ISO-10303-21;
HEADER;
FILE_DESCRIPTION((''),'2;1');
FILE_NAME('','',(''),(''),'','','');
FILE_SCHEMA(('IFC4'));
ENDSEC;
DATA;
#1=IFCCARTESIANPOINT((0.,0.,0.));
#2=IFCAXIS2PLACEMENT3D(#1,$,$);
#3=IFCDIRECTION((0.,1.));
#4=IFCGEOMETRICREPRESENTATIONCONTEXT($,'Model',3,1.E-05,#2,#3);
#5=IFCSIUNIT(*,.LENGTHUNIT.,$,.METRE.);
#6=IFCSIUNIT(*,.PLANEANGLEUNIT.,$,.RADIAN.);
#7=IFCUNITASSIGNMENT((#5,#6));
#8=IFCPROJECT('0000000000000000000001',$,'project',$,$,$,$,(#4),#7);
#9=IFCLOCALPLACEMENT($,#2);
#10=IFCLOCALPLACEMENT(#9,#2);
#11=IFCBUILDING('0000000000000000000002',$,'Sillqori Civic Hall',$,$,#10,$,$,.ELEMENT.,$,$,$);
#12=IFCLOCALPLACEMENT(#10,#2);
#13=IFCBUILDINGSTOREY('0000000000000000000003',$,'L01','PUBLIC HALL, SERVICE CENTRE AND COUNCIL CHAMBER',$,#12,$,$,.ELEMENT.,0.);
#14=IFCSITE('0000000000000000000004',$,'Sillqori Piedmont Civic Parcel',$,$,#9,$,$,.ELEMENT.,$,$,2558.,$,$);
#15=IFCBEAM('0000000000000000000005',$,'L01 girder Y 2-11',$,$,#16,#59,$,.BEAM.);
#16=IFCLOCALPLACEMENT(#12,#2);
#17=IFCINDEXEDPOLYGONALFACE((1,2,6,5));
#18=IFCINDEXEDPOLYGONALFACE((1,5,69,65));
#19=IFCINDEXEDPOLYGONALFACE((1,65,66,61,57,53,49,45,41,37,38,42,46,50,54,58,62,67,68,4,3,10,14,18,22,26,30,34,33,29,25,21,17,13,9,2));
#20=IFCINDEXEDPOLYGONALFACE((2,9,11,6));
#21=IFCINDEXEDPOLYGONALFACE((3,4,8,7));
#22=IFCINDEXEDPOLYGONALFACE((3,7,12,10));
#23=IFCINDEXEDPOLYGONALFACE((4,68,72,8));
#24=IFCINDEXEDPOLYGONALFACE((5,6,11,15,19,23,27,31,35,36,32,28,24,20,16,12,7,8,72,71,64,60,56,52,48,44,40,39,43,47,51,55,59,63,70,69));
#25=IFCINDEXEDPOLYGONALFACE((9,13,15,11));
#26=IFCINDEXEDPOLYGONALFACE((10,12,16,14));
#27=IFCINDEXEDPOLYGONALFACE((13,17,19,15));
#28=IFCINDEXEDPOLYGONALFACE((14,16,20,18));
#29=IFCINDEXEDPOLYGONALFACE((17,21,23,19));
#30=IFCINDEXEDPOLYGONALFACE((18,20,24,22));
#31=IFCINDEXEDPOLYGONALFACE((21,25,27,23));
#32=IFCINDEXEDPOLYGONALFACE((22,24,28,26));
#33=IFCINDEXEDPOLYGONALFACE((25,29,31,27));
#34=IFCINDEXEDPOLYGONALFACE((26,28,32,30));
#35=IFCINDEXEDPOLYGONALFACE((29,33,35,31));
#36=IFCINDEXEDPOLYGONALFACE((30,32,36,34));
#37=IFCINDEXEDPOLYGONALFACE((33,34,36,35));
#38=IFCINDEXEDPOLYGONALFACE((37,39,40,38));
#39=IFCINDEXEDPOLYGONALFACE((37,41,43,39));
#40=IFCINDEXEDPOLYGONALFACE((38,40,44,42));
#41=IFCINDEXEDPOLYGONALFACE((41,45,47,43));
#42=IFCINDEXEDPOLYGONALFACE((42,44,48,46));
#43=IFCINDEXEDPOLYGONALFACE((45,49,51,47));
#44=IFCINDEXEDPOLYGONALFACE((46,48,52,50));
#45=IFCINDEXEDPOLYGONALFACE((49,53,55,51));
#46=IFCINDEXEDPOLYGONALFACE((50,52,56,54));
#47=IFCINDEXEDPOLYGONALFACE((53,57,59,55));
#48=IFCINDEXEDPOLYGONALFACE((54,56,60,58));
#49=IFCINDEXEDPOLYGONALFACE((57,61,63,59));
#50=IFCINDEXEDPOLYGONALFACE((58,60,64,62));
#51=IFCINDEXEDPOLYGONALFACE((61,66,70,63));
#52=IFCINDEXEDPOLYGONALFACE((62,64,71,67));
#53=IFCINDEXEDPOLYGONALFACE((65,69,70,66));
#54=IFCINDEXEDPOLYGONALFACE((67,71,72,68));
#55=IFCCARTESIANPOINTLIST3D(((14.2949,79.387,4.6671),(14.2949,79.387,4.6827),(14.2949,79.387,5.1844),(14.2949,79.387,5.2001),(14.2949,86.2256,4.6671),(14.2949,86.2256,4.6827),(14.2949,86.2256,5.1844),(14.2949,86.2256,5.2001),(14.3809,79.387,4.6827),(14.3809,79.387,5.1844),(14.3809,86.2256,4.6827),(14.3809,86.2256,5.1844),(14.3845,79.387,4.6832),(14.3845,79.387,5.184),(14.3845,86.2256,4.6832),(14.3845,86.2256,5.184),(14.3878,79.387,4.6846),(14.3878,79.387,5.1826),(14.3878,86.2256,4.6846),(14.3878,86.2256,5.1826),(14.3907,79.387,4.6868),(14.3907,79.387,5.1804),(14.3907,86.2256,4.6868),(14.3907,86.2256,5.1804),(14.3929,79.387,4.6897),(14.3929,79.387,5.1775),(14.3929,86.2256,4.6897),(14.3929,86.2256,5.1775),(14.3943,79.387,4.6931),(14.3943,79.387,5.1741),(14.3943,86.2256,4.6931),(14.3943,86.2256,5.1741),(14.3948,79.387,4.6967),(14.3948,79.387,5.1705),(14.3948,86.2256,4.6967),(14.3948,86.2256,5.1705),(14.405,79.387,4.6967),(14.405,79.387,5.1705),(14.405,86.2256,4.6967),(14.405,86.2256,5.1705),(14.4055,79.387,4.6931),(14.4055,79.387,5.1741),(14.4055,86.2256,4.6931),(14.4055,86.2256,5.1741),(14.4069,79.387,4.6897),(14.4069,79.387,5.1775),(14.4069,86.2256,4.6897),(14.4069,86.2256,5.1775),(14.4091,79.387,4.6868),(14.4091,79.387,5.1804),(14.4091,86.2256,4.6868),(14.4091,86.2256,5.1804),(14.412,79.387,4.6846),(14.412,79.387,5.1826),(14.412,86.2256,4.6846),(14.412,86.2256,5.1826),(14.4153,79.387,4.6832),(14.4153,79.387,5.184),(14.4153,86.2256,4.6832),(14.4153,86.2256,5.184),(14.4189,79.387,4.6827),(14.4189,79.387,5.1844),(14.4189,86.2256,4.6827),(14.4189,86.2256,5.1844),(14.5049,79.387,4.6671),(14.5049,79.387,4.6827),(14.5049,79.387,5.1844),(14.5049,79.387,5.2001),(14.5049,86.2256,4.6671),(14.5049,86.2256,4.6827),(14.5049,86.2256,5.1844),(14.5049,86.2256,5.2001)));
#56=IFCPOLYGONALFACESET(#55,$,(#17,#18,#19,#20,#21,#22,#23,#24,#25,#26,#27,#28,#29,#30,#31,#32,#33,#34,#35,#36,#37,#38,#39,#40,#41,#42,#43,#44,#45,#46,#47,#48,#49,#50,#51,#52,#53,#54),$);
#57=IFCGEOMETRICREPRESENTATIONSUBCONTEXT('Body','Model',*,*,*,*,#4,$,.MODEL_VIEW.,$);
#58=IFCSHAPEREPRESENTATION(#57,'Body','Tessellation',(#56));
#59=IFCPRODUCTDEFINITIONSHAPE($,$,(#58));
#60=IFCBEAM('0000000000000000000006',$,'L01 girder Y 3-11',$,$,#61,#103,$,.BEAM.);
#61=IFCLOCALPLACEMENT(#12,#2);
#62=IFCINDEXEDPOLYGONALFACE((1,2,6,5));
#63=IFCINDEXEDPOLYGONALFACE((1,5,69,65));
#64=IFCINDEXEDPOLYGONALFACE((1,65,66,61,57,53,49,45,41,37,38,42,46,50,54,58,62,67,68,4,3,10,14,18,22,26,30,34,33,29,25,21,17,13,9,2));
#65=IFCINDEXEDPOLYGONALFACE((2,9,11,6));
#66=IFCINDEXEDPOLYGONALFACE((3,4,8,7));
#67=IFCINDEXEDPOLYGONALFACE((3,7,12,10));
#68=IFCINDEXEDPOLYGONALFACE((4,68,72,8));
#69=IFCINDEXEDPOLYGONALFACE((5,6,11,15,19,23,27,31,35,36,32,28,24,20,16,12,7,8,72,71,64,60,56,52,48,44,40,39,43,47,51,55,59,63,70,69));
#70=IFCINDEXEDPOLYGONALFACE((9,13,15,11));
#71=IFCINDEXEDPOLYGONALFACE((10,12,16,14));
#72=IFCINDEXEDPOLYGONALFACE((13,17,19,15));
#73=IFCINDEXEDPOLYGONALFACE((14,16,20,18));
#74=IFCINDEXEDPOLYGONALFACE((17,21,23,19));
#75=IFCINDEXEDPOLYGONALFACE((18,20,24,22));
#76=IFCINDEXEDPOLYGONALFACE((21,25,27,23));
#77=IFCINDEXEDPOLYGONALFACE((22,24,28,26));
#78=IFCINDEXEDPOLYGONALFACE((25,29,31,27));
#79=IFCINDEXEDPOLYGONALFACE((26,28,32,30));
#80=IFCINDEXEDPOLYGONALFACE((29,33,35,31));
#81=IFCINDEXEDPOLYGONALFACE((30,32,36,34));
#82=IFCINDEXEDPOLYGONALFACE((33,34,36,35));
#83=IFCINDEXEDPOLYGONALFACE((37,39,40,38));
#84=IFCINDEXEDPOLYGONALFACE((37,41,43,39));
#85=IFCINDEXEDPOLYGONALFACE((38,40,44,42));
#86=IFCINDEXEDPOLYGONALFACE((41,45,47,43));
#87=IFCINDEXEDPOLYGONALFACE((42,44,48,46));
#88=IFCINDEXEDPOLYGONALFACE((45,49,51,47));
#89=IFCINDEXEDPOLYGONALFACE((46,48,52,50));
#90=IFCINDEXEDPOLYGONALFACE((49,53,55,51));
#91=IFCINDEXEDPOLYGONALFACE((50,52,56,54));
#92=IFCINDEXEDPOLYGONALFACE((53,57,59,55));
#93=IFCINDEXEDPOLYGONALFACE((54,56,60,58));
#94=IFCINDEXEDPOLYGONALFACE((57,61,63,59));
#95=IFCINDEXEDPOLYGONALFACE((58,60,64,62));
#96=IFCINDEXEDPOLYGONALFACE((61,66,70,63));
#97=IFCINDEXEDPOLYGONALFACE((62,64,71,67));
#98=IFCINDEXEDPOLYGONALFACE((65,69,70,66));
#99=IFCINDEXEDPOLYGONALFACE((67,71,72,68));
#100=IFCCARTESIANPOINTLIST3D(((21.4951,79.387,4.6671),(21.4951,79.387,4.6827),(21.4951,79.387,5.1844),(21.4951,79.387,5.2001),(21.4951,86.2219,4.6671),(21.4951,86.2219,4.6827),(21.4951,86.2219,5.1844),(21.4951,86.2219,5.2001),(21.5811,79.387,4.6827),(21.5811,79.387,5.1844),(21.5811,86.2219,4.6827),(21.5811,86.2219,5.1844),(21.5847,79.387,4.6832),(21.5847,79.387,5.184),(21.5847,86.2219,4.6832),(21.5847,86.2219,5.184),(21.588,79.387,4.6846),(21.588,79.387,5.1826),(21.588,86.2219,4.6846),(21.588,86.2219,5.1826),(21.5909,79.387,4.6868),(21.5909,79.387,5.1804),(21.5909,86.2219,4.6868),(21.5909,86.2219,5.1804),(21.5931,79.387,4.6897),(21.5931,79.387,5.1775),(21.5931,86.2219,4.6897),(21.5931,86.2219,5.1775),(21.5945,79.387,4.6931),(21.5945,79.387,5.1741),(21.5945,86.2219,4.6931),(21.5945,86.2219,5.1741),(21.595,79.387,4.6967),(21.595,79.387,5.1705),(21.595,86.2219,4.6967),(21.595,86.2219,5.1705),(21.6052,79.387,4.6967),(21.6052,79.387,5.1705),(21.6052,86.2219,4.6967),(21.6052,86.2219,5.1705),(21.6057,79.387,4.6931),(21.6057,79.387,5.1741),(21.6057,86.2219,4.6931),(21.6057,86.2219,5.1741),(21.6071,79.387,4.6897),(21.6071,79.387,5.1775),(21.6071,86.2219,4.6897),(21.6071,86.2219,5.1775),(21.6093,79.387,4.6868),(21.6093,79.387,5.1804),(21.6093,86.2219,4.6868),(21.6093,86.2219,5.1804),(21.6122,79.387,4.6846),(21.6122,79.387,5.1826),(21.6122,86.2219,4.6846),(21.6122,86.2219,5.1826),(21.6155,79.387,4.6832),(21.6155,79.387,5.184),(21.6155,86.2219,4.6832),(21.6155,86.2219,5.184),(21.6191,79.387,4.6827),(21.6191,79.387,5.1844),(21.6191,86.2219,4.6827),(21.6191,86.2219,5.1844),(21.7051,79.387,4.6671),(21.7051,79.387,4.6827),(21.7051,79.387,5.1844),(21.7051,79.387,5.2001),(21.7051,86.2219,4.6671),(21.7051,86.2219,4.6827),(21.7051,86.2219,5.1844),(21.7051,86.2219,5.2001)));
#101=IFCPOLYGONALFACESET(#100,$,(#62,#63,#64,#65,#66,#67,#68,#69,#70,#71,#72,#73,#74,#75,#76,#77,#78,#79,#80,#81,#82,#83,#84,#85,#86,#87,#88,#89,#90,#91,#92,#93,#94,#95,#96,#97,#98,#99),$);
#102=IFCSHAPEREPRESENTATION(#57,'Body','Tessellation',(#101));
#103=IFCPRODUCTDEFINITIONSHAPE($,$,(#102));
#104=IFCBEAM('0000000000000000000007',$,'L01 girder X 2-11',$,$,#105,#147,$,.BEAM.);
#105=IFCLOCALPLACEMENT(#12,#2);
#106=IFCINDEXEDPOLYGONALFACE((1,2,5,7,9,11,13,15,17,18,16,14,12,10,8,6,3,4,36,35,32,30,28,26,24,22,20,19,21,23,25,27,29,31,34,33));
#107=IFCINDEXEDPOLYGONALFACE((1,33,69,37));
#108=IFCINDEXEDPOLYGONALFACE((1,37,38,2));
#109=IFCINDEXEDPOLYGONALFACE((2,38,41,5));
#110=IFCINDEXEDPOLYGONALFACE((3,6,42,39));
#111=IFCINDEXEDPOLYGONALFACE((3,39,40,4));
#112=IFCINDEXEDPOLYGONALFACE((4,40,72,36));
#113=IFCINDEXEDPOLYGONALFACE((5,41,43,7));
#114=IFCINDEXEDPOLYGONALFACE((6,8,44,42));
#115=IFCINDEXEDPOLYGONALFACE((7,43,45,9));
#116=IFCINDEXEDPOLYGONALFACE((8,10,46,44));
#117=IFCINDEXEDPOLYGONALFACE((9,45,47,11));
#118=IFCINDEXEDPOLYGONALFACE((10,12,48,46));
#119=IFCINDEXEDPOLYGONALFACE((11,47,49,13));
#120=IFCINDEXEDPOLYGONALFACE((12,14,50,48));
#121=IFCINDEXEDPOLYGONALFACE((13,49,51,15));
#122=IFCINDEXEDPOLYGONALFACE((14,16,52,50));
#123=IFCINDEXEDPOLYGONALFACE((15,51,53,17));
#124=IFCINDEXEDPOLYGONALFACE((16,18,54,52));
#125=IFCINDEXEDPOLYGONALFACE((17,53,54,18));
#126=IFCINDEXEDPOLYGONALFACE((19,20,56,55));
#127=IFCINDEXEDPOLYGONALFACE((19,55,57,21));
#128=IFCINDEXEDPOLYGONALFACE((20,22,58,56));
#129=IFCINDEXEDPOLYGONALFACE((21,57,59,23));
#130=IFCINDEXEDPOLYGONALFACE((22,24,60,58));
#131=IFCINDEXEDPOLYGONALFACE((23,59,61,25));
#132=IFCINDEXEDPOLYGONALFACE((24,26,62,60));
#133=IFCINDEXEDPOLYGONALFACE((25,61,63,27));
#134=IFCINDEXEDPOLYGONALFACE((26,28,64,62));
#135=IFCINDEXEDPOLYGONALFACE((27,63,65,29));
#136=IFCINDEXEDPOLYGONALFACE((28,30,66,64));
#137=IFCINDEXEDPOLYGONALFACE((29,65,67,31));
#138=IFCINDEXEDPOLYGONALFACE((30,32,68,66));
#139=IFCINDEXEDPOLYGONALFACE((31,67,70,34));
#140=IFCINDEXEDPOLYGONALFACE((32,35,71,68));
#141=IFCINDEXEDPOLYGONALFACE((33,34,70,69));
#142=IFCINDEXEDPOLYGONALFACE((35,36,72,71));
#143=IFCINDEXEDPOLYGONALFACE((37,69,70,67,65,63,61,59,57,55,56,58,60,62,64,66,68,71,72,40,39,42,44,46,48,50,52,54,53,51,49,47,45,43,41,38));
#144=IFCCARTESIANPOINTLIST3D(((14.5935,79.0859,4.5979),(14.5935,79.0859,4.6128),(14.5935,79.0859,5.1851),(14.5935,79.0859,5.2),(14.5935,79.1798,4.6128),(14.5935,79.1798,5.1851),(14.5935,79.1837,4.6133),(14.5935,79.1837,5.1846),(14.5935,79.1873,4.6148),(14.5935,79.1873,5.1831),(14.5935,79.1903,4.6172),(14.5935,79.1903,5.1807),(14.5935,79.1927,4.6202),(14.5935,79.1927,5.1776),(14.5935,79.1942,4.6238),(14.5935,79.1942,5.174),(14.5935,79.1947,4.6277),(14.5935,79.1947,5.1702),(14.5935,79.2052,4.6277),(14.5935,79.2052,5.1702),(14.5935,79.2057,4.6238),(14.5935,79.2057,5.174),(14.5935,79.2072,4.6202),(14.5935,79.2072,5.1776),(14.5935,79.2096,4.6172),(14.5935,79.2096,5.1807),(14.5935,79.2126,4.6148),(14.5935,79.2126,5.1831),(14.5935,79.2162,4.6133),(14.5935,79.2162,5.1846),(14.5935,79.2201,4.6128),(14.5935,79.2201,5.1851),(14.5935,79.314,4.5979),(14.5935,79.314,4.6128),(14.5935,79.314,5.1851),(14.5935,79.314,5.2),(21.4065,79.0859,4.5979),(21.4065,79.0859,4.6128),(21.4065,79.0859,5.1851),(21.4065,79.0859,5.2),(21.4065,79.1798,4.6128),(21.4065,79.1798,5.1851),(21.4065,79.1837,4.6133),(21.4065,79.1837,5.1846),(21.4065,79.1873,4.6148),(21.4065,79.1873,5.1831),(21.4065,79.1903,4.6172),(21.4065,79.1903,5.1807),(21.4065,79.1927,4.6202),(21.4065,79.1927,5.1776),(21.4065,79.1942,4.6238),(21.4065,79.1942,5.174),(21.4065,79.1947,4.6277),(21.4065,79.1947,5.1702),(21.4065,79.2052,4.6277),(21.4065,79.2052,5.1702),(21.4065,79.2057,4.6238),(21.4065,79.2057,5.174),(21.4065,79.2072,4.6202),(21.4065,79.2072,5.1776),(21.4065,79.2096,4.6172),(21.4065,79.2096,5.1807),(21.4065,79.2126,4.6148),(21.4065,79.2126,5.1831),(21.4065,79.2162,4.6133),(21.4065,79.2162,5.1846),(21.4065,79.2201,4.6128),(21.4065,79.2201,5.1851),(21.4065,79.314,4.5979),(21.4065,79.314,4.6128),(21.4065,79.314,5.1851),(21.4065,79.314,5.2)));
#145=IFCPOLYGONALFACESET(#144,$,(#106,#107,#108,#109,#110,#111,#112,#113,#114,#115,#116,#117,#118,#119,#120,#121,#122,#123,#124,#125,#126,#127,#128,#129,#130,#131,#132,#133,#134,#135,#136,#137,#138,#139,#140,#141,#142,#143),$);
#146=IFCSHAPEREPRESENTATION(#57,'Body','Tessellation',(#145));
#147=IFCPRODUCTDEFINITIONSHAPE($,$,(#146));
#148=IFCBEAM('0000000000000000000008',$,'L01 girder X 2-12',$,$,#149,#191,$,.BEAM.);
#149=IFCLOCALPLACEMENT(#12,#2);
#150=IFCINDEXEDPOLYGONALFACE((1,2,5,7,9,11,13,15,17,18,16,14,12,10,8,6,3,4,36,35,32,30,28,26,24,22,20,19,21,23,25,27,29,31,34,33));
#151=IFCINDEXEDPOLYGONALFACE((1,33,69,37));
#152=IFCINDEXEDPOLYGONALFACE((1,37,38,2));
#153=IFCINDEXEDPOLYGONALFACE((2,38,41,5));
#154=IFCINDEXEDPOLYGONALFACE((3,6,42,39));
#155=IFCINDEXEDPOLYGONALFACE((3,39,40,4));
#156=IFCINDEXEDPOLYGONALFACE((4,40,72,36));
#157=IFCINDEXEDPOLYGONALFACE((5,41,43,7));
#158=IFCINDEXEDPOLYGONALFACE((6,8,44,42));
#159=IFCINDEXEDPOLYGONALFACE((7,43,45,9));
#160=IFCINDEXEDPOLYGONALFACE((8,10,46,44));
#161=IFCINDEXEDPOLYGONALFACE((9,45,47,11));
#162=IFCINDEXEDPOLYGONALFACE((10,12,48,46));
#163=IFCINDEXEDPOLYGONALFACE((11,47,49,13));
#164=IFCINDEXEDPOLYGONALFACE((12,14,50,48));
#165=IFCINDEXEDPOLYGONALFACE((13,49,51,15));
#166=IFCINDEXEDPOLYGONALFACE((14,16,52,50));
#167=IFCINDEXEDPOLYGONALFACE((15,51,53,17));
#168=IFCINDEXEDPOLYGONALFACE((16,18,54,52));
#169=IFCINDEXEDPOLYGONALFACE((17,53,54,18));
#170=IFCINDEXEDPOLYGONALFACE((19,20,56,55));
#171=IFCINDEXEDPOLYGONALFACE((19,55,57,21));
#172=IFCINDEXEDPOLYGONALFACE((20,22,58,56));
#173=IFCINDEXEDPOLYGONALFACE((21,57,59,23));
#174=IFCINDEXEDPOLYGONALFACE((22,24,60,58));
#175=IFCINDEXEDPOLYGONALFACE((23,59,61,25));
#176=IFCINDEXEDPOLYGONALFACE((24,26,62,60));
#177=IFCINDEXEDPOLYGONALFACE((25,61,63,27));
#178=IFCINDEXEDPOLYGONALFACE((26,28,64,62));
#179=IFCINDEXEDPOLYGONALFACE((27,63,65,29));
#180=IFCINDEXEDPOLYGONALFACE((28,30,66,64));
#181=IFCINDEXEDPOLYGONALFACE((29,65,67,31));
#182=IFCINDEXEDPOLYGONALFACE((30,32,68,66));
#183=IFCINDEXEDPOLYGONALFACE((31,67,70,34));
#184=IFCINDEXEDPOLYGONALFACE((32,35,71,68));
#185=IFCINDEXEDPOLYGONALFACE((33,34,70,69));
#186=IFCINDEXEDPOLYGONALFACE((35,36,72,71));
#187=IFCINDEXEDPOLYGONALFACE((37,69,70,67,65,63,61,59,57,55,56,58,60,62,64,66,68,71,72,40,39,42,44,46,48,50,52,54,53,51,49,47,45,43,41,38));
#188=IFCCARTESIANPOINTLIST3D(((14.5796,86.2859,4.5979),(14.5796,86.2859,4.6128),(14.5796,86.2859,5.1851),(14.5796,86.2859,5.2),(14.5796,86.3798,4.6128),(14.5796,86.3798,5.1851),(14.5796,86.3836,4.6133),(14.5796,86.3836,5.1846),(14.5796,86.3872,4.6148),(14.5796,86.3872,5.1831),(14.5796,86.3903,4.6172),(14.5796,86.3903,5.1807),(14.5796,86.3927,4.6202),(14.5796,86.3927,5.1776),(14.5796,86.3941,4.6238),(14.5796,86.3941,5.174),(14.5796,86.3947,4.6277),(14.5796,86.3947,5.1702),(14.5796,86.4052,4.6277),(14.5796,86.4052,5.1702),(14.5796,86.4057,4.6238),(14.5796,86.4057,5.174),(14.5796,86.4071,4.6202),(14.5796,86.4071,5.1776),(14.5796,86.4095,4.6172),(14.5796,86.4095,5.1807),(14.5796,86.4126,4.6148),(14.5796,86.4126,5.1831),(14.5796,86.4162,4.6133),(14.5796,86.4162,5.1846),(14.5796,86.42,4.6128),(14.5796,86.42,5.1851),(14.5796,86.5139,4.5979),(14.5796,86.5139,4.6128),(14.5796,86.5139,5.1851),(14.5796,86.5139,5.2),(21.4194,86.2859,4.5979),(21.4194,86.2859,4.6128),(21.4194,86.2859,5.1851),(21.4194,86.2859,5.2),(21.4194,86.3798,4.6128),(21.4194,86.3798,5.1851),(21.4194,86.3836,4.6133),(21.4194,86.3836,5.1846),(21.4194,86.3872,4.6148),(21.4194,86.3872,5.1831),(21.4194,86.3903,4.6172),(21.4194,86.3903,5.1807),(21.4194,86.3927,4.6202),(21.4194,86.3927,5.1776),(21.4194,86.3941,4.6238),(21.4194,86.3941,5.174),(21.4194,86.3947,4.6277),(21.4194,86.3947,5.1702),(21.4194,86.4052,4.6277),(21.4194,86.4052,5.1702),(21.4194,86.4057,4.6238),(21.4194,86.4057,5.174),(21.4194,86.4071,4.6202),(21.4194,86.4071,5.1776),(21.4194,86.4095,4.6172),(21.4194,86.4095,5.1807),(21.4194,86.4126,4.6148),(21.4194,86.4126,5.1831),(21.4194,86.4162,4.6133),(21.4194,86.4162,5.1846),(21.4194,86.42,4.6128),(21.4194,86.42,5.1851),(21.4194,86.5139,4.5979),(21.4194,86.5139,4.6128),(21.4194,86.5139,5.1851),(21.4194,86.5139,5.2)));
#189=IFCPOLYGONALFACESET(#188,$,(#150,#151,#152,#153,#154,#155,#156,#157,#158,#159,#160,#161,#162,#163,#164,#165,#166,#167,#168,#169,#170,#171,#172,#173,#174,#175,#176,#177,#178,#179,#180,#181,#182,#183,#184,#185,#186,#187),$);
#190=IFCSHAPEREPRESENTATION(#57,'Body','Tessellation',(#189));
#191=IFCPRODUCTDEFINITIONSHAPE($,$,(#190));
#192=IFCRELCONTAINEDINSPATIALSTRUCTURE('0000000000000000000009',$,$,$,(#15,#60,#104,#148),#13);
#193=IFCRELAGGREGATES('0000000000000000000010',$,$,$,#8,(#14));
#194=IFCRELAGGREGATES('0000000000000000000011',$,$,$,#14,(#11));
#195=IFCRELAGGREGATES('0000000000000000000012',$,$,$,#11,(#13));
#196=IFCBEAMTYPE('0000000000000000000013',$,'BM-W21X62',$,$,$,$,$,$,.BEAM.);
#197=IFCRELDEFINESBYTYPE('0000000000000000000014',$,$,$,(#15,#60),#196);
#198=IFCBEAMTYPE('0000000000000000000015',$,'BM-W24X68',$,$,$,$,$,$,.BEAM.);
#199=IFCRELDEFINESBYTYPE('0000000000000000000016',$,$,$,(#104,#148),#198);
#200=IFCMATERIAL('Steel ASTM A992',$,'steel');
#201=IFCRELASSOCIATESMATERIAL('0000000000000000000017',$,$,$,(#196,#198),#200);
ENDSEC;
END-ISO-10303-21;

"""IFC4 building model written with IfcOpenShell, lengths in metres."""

from ifc_helpers import new_model, si_unit, direction, frame, origin, origin_2d, place, context, subcontext, project, spatial, i_section, extrude, material, material_profile, profile_set, type_object, element, save


model = new_model("IFC4")

# Units and contexts
model_context = context("Model", 3, precision=1e-05, world=origin(), true_north=direction((0.0, 1.0)))
body_context = subcontext(model_context, "Body", "Model", "MODEL_VIEW")
ifc_project = project(units=[si_unit("LENGTHUNIT", "METRE"), si_unit("PLANEANGLEUNIT", "RADIAN")], contexts=[model_context])

# Site, building, storey
site_placement = place(None, origin())
site = spatial("IfcSite", under=ifc_project, at=site_placement, Name="Sillqori Piedmont Civic Parcel", CompositionType="ELEMENT", RefElevation=2558.0)
building_placement = place(site_placement, origin())
building = spatial("IfcBuilding", under=site, at=building_placement, Name="Sillqori Civic Hall", CompositionType="ELEMENT")
storey_placement = place(building_placement, origin())
storey = spatial("IfcBuildingStorey", under=building, at=storey_placement, Name="L01", Description="PUBLIC HALL, SERVICE CENTRE AND COUNCIL CHAMBER", CompositionType="ELEMENT", Elevation=0.0)

# Shared definitions
ifc_material_1 = material(Name="Steel ASTM A992", Category="steel")

# Beams
ifc_material_profile_1 = material_profile(ifc_material_1, i_section(OverallWidth=0.21, OverallDepth=0.533, WebThickness=0.0103, FlangeThickness=0.0156, FilletRadius=0.0139, at=origin_2d()), Name="W21X62")
ifc_profile_set_1 = profile_set([ifc_material_profile_1], Name="Steel ASTM A992")
beam_type_1 = type_object("IfcBeamType", Name="BM-W21X62", PredefinedType="BEAM", material=ifc_profile_set_1)
beam_1_placement = place(storey_placement, frame((14.3999, 79.387, 4.9336), z_axis=(0.0, 1.0, 0.0), x_axis=(-1.0, 0.0, 0.0)))
element("IfcBeam", 1, at=beam_1_placement, inside=storey, type_object=beam_type_1, Name="L01 girder Y 2-11", PredefinedType="BEAM", context=body_context, shape_type="SweptSolid", body=[
    extrude(i_section(OverallWidth=0.21, OverallDepth=0.533, WebThickness=0.0103, FlangeThickness=0.0156, FilletRadius=0.0139, at=origin_2d()), origin(), (0.0, 0.0, 1.0), 6.8386),
])
beam_2_placement = place(storey_placement, frame((21.6001, 79.387, 4.9336), z_axis=(0.0, 1.0, 0.0), x_axis=(-1.0, 0.0, 0.0)))
element("IfcBeam", 2, at=beam_2_placement, inside=storey, type_object=beam_type_1, Name="L01 girder Y 3-11", PredefinedType="BEAM", context=body_context, shape_type="SweptSolid", body=[
    extrude(i_section(OverallWidth=0.21, OverallDepth=0.533, WebThickness=0.0103, FlangeThickness=0.0156, FilletRadius=0.0139, at=origin_2d()), origin(), (0.0, 0.0, 1.0), 6.835),
])
ifc_material_profile_2 = material_profile(ifc_material_1, i_section(OverallWidth=0.228, OverallDepth=0.6021, WebThickness=0.0105, FlangeThickness=0.0149, FilletRadius=0.0149, at=origin_2d()), Name="W24X68")
ifc_profile_set_2 = profile_set([ifc_material_profile_2], Name="Steel ASTM A992")
beam_type_2 = type_object("IfcBeamType", Name="BM-W24X68", PredefinedType="BEAM", material=ifc_profile_set_2)
beam_3_placement = place(storey_placement, frame((14.5935, 79.2, 4.8989), z_axis=(1.0, 0.0, 0.0), x_axis=(0.0, 1.0, 0.0)))
element("IfcBeam", 3, at=beam_3_placement, inside=storey, type_object=beam_type_2, Name="L01 girder X 2-11", PredefinedType="BEAM", context=body_context, shape_type="SweptSolid", body=[
    extrude(i_section(OverallWidth=0.228, OverallDepth=0.6021, WebThickness=0.0105, FlangeThickness=0.0149, FilletRadius=0.0149, at=origin_2d()), origin(), (0.0, 0.0, 1.0), 6.813),
])
beam_4_placement = place(storey_placement, frame((14.5796, 86.3999, 4.8989), z_axis=(1.0, 0.0, 0.0), x_axis=(0.0, 1.0, 0.0)))
element("IfcBeam", 4, at=beam_4_placement, inside=storey, type_object=beam_type_2, Name="L01 girder X 2-12", PredefinedType="BEAM", context=body_context, shape_type="SweptSolid", body=[
    extrude(i_section(OverallWidth=0.228, OverallDepth=0.6021, WebThickness=0.0105, FlangeThickness=0.0149, FilletRadius=0.0149, at=origin_2d()), origin(), (0.0, 0.0, 1.0), 6.8398),
])

save(model, "model.ifc")
